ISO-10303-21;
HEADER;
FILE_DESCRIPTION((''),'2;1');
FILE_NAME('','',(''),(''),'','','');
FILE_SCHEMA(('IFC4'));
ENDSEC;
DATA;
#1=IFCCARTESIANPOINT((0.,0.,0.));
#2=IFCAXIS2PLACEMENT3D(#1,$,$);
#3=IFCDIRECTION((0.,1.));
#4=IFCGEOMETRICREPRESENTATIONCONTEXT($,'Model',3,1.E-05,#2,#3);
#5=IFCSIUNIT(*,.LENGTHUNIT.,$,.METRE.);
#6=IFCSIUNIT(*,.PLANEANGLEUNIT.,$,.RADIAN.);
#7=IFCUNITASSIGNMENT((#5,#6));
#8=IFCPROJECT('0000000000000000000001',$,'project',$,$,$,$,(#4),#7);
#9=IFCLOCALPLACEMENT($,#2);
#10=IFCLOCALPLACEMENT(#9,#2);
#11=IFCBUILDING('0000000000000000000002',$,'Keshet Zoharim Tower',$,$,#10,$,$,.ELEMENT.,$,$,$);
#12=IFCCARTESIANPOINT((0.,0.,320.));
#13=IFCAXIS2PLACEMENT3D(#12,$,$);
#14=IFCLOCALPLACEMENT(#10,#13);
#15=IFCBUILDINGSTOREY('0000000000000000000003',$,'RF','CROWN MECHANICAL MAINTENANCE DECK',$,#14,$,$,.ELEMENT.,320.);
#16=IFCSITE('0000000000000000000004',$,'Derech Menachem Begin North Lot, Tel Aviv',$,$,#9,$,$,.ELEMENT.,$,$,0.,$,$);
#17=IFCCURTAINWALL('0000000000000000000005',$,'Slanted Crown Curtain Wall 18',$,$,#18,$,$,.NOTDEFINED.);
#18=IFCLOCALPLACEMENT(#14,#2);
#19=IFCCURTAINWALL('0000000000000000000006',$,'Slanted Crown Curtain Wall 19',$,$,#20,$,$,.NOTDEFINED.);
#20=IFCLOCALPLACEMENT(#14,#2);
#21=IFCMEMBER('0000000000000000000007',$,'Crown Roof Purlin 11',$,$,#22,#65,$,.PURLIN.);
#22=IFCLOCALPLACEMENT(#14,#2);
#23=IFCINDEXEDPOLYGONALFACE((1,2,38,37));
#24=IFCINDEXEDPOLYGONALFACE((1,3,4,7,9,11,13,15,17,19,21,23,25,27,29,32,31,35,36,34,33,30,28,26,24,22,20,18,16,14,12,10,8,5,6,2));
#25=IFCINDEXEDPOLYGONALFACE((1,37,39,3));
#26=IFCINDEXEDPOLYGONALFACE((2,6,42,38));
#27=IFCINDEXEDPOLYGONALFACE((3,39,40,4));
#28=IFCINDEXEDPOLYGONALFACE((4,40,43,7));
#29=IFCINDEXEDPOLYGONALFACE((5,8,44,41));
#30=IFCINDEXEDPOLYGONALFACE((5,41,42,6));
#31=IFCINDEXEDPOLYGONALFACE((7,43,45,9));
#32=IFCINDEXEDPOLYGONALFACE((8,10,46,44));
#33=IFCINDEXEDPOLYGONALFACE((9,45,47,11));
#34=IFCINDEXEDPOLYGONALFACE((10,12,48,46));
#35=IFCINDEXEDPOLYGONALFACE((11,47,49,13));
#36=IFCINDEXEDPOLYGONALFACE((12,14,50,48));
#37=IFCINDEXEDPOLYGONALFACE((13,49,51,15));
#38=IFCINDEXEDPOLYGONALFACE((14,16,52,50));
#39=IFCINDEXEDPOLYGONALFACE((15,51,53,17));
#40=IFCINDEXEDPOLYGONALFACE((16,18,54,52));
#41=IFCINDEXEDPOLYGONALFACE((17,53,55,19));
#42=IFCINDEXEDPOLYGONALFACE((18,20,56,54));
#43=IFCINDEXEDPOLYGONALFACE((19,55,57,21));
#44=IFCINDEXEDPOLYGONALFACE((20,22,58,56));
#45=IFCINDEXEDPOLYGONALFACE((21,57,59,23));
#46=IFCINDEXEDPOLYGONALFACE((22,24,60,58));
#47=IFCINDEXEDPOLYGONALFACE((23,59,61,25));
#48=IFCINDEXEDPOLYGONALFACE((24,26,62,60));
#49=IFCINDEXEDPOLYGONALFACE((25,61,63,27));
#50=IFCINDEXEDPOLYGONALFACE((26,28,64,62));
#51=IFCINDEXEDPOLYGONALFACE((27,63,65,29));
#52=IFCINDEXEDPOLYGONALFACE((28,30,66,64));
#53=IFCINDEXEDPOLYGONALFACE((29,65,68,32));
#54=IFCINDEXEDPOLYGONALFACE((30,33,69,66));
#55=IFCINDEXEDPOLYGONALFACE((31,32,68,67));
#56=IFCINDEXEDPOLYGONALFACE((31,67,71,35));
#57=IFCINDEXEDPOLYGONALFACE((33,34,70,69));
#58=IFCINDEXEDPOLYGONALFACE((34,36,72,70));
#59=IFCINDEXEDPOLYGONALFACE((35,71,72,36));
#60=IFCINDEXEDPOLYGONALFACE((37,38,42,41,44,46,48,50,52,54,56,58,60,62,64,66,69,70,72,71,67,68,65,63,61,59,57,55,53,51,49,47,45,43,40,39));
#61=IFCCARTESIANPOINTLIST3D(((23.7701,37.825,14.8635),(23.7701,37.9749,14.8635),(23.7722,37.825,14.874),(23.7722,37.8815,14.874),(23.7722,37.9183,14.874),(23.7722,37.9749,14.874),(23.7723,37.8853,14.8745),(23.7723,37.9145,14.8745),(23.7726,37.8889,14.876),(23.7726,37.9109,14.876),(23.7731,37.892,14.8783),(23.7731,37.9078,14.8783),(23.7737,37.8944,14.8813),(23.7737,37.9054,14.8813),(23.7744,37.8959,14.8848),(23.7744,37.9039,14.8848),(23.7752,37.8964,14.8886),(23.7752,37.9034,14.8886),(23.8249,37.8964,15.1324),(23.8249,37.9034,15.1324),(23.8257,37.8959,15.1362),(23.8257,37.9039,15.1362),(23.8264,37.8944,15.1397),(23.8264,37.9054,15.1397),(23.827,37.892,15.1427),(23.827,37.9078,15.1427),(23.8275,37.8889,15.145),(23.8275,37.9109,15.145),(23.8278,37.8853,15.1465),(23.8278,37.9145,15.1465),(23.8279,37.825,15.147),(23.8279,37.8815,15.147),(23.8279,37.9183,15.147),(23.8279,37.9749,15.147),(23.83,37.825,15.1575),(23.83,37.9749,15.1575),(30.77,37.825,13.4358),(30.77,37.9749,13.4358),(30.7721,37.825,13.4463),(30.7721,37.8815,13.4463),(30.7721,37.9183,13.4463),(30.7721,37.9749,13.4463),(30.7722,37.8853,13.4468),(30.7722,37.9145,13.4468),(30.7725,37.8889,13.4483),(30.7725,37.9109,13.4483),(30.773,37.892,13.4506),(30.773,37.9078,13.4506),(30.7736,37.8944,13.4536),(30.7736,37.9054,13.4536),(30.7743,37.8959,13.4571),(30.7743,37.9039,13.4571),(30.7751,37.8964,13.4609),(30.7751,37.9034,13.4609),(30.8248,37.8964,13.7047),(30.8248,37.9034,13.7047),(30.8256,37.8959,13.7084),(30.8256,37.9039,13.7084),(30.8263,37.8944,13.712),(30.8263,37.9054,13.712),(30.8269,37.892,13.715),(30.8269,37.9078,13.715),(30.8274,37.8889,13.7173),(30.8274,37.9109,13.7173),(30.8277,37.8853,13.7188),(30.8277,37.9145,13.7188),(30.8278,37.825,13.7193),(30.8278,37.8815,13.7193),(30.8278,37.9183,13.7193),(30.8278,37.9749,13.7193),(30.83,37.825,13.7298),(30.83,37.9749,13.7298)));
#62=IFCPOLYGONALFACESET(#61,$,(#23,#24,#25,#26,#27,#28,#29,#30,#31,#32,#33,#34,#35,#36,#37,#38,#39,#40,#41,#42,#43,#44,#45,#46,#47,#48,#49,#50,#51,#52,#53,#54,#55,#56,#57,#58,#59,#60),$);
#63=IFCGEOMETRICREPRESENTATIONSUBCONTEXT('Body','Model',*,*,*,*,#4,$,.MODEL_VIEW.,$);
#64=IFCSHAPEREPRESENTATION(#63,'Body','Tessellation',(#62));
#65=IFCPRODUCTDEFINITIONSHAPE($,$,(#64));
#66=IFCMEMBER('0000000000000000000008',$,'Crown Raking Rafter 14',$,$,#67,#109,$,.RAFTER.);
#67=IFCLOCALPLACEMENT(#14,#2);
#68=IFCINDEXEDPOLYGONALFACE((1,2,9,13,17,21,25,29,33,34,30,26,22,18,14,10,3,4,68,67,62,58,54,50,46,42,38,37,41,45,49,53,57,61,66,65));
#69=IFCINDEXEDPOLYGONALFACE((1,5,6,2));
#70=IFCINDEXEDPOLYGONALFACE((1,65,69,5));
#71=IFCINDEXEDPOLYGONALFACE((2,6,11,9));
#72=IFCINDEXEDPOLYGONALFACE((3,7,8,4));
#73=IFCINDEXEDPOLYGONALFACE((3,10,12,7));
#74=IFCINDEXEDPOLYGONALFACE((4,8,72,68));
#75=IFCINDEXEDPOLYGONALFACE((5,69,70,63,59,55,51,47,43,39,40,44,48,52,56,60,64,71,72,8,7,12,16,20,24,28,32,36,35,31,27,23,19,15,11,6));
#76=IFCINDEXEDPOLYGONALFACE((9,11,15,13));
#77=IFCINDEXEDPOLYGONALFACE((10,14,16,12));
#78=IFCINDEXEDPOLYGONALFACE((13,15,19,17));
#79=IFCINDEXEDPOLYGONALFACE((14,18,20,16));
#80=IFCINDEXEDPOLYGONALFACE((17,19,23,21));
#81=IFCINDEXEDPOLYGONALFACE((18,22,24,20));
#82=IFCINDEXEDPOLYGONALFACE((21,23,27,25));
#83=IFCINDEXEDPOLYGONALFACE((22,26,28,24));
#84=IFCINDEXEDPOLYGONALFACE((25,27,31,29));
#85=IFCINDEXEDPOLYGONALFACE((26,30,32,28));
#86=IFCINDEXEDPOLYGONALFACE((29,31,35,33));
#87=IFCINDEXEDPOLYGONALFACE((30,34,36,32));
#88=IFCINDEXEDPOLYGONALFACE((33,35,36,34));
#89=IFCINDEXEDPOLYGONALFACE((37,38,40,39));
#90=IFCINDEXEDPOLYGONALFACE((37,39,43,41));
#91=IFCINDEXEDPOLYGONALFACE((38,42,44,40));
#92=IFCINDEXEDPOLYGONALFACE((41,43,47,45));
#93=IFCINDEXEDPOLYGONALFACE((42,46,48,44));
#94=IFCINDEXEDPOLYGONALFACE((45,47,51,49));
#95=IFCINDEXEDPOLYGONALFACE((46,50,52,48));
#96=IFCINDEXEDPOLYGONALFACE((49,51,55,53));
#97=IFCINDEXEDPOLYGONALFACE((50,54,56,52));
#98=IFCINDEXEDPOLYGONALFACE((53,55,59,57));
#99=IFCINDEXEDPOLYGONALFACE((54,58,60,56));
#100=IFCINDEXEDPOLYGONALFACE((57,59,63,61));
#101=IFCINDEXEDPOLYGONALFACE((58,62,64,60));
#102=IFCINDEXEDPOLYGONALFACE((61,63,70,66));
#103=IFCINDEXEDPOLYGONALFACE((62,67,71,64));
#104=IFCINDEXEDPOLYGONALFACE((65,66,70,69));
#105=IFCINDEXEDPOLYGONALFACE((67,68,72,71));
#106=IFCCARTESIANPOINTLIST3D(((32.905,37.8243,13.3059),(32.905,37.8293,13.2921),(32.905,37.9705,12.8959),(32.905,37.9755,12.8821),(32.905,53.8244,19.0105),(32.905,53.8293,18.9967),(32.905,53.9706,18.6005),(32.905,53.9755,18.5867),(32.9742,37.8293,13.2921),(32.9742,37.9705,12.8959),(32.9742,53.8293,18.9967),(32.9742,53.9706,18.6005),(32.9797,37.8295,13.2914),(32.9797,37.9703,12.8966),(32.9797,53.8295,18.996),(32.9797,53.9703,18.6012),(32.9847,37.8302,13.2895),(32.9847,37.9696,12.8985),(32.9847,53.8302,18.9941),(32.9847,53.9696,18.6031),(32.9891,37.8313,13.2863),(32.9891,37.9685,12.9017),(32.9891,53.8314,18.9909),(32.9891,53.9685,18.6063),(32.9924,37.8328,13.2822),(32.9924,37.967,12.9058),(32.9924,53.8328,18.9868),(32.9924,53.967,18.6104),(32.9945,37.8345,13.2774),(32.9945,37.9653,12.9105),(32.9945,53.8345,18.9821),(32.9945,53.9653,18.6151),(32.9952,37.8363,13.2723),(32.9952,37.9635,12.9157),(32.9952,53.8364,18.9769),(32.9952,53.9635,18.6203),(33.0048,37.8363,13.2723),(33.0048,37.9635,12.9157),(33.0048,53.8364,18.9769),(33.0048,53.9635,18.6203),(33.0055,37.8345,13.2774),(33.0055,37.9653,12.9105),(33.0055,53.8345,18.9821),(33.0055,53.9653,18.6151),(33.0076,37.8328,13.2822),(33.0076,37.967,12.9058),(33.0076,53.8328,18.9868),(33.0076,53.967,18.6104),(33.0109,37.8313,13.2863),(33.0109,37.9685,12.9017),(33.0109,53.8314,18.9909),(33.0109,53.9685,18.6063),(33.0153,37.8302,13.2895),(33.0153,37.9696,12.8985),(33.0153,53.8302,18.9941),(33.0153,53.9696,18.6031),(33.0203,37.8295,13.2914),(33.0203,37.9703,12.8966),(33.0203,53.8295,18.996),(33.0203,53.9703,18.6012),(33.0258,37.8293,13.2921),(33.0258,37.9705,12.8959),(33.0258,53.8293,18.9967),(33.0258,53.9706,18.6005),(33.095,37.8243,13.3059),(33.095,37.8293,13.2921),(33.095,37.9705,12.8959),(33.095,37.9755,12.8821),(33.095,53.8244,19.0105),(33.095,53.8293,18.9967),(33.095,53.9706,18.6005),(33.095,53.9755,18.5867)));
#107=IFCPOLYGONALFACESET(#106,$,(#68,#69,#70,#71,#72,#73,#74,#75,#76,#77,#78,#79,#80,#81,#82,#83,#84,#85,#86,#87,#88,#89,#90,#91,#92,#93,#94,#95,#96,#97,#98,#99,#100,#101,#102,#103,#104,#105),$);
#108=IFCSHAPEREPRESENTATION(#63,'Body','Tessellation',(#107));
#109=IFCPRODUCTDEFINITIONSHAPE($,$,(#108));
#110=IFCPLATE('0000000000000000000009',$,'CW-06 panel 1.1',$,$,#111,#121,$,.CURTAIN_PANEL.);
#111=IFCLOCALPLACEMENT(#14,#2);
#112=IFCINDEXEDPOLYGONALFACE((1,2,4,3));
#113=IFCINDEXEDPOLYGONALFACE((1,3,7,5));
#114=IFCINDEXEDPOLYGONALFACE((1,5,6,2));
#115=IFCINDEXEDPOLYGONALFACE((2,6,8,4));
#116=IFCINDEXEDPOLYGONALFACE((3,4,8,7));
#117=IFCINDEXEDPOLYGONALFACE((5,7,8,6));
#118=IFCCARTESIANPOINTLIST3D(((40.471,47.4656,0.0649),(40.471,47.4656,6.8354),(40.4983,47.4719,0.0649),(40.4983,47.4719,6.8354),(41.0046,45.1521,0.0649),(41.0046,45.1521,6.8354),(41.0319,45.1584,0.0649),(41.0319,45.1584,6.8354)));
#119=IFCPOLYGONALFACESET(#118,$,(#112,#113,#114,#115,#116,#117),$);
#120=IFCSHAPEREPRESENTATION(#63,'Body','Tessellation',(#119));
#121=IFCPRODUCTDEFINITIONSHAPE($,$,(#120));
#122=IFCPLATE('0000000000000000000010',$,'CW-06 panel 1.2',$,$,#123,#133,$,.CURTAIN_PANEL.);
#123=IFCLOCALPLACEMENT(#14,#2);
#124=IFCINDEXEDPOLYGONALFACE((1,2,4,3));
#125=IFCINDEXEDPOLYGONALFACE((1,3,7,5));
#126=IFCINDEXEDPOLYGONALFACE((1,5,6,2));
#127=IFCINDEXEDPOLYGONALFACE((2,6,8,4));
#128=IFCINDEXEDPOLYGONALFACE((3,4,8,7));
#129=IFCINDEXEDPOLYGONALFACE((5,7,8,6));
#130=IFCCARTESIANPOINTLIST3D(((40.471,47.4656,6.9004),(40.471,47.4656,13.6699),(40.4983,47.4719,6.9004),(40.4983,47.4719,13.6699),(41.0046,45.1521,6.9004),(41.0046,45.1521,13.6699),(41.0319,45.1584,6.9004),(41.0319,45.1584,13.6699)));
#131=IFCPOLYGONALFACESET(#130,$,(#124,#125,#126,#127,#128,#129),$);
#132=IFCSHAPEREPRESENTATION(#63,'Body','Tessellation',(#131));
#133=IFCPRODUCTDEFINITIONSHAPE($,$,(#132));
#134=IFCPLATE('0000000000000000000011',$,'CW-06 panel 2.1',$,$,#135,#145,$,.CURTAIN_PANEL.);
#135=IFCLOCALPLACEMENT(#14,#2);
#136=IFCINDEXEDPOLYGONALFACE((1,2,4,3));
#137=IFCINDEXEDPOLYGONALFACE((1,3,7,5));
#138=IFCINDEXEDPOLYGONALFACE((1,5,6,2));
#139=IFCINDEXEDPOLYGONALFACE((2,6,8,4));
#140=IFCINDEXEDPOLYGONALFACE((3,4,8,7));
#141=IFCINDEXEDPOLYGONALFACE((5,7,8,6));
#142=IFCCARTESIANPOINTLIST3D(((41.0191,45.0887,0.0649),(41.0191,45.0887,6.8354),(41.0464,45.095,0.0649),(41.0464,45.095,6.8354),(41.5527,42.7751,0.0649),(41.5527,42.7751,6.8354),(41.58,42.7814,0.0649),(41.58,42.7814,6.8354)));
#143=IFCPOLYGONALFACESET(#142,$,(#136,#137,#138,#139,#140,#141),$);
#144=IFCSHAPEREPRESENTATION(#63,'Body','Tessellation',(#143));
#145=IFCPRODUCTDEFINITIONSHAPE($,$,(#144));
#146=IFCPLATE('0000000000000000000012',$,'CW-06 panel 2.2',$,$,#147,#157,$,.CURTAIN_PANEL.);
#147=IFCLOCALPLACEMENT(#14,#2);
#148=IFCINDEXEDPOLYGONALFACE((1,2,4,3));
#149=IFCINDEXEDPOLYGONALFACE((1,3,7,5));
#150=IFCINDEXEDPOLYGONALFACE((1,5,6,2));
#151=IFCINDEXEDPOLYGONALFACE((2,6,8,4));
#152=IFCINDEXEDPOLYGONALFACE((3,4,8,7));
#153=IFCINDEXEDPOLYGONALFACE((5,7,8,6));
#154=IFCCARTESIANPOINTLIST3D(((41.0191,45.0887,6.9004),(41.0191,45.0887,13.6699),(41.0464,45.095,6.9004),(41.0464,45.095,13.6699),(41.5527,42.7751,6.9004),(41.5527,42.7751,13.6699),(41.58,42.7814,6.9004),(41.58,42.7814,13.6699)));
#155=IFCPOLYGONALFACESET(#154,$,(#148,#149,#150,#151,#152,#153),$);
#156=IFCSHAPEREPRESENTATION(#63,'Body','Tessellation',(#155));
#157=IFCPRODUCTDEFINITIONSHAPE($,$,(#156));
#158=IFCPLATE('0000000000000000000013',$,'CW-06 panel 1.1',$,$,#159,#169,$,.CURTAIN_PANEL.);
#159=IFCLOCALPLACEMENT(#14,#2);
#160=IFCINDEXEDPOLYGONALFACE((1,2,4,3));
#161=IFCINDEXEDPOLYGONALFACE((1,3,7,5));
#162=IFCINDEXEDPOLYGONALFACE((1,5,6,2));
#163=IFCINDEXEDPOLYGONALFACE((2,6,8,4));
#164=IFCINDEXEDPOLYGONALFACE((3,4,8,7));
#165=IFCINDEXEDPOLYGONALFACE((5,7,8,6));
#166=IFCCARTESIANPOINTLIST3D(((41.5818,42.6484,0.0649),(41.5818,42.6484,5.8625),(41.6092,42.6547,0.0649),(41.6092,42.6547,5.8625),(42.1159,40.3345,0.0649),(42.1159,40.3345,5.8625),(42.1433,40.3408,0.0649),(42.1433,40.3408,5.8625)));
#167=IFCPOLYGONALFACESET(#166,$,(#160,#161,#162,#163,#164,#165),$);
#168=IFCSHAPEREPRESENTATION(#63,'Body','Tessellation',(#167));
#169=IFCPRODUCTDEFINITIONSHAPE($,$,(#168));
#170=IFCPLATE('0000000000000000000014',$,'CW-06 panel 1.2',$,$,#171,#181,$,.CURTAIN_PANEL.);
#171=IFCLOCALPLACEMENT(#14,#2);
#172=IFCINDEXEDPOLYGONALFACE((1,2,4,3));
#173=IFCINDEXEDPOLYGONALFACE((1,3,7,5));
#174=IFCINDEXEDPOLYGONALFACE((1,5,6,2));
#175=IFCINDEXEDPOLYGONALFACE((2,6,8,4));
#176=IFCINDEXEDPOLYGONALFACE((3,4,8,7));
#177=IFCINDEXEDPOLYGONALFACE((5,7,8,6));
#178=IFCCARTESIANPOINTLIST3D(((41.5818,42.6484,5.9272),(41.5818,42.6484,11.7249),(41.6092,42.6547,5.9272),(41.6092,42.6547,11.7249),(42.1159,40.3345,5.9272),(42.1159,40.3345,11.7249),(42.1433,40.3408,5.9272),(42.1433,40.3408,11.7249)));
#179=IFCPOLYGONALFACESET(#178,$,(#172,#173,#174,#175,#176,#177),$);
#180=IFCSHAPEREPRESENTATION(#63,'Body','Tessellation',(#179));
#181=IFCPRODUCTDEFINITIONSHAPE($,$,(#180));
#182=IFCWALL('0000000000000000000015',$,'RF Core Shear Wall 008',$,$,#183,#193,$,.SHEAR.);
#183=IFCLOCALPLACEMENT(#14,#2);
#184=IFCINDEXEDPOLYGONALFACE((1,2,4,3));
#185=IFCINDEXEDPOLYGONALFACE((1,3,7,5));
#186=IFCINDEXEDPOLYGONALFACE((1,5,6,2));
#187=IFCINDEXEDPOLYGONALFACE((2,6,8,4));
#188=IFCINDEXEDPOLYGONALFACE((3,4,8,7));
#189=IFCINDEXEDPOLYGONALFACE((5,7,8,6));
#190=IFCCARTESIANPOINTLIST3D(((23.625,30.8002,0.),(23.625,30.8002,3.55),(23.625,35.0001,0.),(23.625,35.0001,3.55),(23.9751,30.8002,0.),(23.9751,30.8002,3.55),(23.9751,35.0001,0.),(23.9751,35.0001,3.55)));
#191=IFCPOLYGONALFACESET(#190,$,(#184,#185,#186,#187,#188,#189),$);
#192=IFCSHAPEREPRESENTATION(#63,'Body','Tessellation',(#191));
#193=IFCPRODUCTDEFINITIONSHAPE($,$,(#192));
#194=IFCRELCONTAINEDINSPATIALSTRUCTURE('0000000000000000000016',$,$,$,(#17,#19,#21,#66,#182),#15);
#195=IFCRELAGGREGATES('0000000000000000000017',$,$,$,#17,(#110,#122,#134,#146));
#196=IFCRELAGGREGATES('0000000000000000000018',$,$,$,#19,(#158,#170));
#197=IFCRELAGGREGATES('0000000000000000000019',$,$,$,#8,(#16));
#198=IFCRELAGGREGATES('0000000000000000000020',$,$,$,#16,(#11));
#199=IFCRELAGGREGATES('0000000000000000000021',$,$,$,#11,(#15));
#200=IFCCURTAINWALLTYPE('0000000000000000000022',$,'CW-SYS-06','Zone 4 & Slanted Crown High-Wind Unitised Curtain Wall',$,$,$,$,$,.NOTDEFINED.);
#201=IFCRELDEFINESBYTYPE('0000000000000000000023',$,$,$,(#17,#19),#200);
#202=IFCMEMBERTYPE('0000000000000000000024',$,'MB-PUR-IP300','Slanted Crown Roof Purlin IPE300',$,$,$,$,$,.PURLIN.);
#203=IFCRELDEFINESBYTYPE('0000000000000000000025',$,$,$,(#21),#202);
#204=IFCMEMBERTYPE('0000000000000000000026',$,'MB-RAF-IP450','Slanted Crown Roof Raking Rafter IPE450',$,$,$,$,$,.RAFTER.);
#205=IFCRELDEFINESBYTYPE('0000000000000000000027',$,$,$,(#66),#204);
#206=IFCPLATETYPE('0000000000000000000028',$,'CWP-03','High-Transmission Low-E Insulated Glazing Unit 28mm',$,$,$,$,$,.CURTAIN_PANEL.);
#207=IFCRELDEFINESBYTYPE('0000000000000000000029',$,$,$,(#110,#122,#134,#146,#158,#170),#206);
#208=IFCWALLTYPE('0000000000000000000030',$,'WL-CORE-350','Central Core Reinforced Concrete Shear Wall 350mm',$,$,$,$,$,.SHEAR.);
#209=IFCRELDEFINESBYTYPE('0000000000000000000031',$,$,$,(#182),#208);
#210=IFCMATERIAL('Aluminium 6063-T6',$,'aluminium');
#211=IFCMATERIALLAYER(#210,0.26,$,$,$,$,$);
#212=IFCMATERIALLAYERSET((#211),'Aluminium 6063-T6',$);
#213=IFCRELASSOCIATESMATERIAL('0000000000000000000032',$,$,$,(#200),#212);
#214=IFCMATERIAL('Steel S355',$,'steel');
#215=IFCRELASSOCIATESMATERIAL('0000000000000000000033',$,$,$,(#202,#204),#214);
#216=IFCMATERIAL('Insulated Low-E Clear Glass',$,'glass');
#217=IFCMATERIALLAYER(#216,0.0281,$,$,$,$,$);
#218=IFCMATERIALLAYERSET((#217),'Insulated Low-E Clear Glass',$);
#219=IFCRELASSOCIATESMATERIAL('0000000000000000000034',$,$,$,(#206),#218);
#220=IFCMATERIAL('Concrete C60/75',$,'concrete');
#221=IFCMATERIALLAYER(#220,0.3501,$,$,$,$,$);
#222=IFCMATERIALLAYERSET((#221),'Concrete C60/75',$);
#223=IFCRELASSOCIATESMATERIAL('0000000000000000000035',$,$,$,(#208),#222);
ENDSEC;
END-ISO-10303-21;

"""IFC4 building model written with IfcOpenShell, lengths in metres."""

from ifc_helpers import new_model, si_unit, direction, frame, frame_2d, origin, origin_2d, place, context, subcontext, project, spatial, rectangle, i_section, extrude, material, layer, layer_set, material_profile, profile_set, type_object, element, aggregate, save


model = new_model("IFC4")

# Units and contexts
model_context = context("Model", 3, precision=1e-05, world=origin(), true_north=direction((0.0, 1.0)))
body_context = subcontext(model_context, "Body", "Model", "MODEL_VIEW")
ifc_project = project(units=[si_unit("LENGTHUNIT", "METRE"), si_unit("PLANEANGLEUNIT", "RADIAN")], contexts=[model_context])

# Site, building, storey
site_placement = place(None, origin())
site = spatial("IfcSite", under=ifc_project, at=site_placement, Name="Derech Menachem Begin North Lot, Tel Aviv", CompositionType="ELEMENT", RefElevation=0.0)
building_placement = place(site_placement, origin())
building = spatial("IfcBuilding", under=site, at=building_placement, Name="Keshet Zoharim Tower", CompositionType="ELEMENT")
storey_placement = place(building_placement, frame((0.0, 0.0, 320.0)))
storey = spatial("IfcBuildingStorey", under=building, at=storey_placement, Name="RF", Description="CROWN MECHANICAL MAINTENANCE DECK", CompositionType="ELEMENT", Elevation=320.0)

# Shared definitions
ifc_material_1 = material(Name="Steel S355", Category="steel")

# Shared definitions
ifc_material_2 = material(Name="Aluminium 6063-T6", Category="aluminium")
ifc_layer_1 = layer(ifc_material_2, 0.26)
ifc_layer_set_1 = layer_set([ifc_layer_1], Name="Aluminium 6063-T6")
curtain_wall_type = type_object("IfcCurtainWallType", Name="CW-SYS-06", Description="Zone 4 & Slanted Crown High-Wind Unitised Curtain Wall", PredefinedType="NOTDEFINED", material=ifc_layer_set_1)

# Curtain walls
curtain_wall_1_placement = place(storey_placement, origin())
curtain_wall_1 = element("IfcCurtainWall", 1, at=curtain_wall_1_placement, inside=storey, type_object=curtain_wall_type, Name="Slanted Crown Curtain Wall 18", PredefinedType="NOTDEFINED")
curtain_wall_2_placement = place(storey_placement, origin())
curtain_wall_2 = element("IfcCurtainWall", 2, at=curtain_wall_2_placement, inside=storey, type_object=curtain_wall_type, Name="Slanted Crown Curtain Wall 19", PredefinedType="NOTDEFINED")

# Members
ifc_material_profile_1 = material_profile(ifc_material_1, i_section(OverallWidth=0.1499, OverallDepth=0.3, WebThickness=0.0071, FlangeThickness=0.0107, FilletRadius=0.0149, at=origin_2d()), Name="IPE300")
ifc_profile_set_1 = profile_set([ifc_material_profile_1], Name="Steel S355")
member_type_1 = type_object("IfcMemberType", Name="MB-PUR-IP300", Description="Slanted Crown Roof Purlin IPE300", PredefinedType="PURLIN", material=ifc_profile_set_1)
member_1_placement = place(storey_placement, frame((23.8, 37.8999, 15.0105), z_axis=(0.979827, 0.0, -0.199848), x_axis=(0.0, 1.0, 0.0)))
element("IfcMember", 3, at=member_1_placement, inside=storey, type_object=member_type_1, Name="Crown Roof Purlin 11", PredefinedType="PURLIN", context=body_context, shape_type="SweptSolid", body=[
    extrude(i_section(OverallWidth=0.1499, OverallDepth=0.3, WebThickness=0.0071, FlangeThickness=0.0107, FilletRadius=0.0149, at=origin_2d()), origin(), (0.0, 0.0, 1.0), 7.144),
])
ifc_material_profile_2 = material_profile(ifc_material_1, i_section(OverallWidth=0.1899, OverallDepth=0.45, WebThickness=0.0095, FlangeThickness=0.0146, FilletRadius=0.021, at=origin_2d()), Name="IPE450")
ifc_profile_set_2 = profile_set([ifc_material_profile_2], Name="Steel S355")
member_type_2 = type_object("IfcMemberType", Name="MB-RAF-IP450", Description="Slanted Crown Roof Raking Rafter IPE450", PredefinedType="RAFTER", material=ifc_profile_set_2)
member_2_placement = place(storey_placement, frame((33.0, 37.8999, 13.094), z_axis=(0.0, 0.941923, 0.33583), x_axis=(-1.0, 0.0, 0.0)))
element("IfcMember", 4, at=member_2_placement, inside=storey, type_object=member_type_2, Name="Crown Raking Rafter 14", PredefinedType="RAFTER", context=body_context, shape_type="SweptSolid", body=[
    extrude(i_section(OverallWidth=0.1899, OverallDepth=0.45, WebThickness=0.0095, FlangeThickness=0.0146, FilletRadius=0.021, at=origin_2d()), origin(), (0.0, 0.0, 1.0), 16.9866),
])

# Plates
ifc_material_3 = material(Name="Insulated Low-E Clear Glass", Category="glass")
ifc_layer_2 = layer(ifc_material_3, 0.0281)
ifc_layer_set_2 = layer_set([ifc_layer_2], Name="Insulated Low-E Clear Glass")
plate_type = type_object("IfcPlateType", Name="CWP-03", Description="High-Transmission Low-E Insulated Glazing Unit 28mm", PredefinedType="CURTAIN_PANEL", material=ifc_layer_set_2)
plate_1_placement = place(storey_placement, frame((40.7515, 46.312, 0.0649), z_axis=(0.0, 0.0, 1.0), x_axis=(0.224741, -0.974418, 0.0)))
plate_1 = element("IfcPlate", 5, at=plate_1_placement, type_object=plate_type, Name="CW-06 panel 1.1", PredefinedType="CURTAIN_PANEL", context=body_context, shape_type="SweptSolid", body=[
    extrude(rectangle(XDim=2.3743, YDim=0.0281, at=origin_2d()), origin(), (0.0, 0.0, 1.0), 6.7705),
])
plate_2_placement = place(storey_placement, frame((40.7515, 46.312, 6.9004), z_axis=(0.0, 0.0, 1.0), x_axis=(0.224741, -0.974418, 0.0)))
plate_2 = element("IfcPlate", 6, at=plate_2_placement, type_object=plate_type, Name="CW-06 panel 1.2", PredefinedType="CURTAIN_PANEL", context=body_context, shape_type="SweptSolid", body=[
    extrude(rectangle(XDim=2.3743, YDim=0.0281, at=origin_2d()), origin(), (0.0, 0.0, 1.0), 6.7695),
])
plate_3_placement = place(storey_placement, frame((41.2996, 43.9351, 0.0649), z_axis=(0.0, 0.0, 1.0), x_axis=(0.224741, -0.974418, 0.0)))
plate_3 = element("IfcPlate", 7, at=plate_3_placement, type_object=plate_type, Name="CW-06 panel 2.1", PredefinedType="CURTAIN_PANEL", context=body_context, shape_type="SweptSolid", body=[
    extrude(rectangle(XDim=2.3743, YDim=0.0281, at=origin_2d()), origin(), (0.0, 0.0, 1.0), 6.7705),
])
plate_4_placement = place(storey_placement, frame((41.2996, 43.9351, 6.9004), z_axis=(0.0, 0.0, 1.0), x_axis=(0.224741, -0.974418, 0.0)))
plate_4 = element("IfcPlate", 8, at=plate_4_placement, type_object=plate_type, Name="CW-06 panel 2.2", PredefinedType="CURTAIN_PANEL", context=body_context, shape_type="SweptSolid", body=[
    extrude(rectangle(XDim=2.3743, YDim=0.0281, at=origin_2d()), origin(), (0.0, 0.0, 1.0), 6.7695),
])
aggregate(curtain_wall_1, [plate_1, plate_2, plate_3, plate_4])
plate_5_placement = place(storey_placement, frame((41.8625, 41.4946, 0.0649), z_axis=(0.0, 0.0, 1.0), x_axis=(0.224889, -0.974384, 0.0)))
plate_5 = element("IfcPlate", 9, at=plate_5_placement, type_object=plate_type, Name="CW-06 panel 1.1", PredefinedType="CURTAIN_PANEL", context=body_context, shape_type="SweptSolid", body=[
    extrude(rectangle(XDim=2.3748, YDim=0.0281, at=origin_2d()), origin(), (0.0, 0.0, 1.0), 5.7976),
])
plate_6_placement = place(storey_placement, frame((41.8625, 41.4946, 5.9272), z_axis=(0.0, 0.0, 1.0), x_axis=(0.224889, -0.974384, 0.0)))
plate_6 = element("IfcPlate", 10, at=plate_6_placement, type_object=plate_type, Name="CW-06 panel 1.2", PredefinedType="CURTAIN_PANEL", context=body_context, shape_type="SweptSolid", body=[
    extrude(rectangle(XDim=2.3748, YDim=0.0281, at=origin_2d()), origin(), (0.0, 0.0, 1.0), 5.7976),
])
aggregate(curtain_wall_2, [plate_5, plate_6])

# Wall
ifc_material_4 = material(Name="Concrete C60/75", Category="concrete")
ifc_layer_3 = layer(ifc_material_4, 0.3501)
ifc_layer_set_3 = layer_set([ifc_layer_3], Name="Concrete C60/75")
wall_type = type_object("IfcWallType", Name="WL-CORE-350", Description="Central Core Reinforced Concrete Shear Wall 350mm", PredefinedType="SHEAR", material=ifc_layer_set_3)
wall_1_placement = place(storey_placement, frame((23.8, 30.8, 0.0), z_axis=(0.0, 0.0, 1.0), x_axis=(0.0, 1.0, 0.0)))
element("IfcWall", 11, at=wall_1_placement, inside=storey, type_object=wall_type, Name="RF Core Shear Wall 008", PredefinedType="SHEAR", context=body_context, shape_type="SweptSolid", body=[
    extrude(rectangle(XDim=4.2, YDim=0.3501, at=frame_2d((2.1001, 0.0))), origin(), (0.0, 0.0, 1.0), 3.55),
])

save(model, "model.ifc")
